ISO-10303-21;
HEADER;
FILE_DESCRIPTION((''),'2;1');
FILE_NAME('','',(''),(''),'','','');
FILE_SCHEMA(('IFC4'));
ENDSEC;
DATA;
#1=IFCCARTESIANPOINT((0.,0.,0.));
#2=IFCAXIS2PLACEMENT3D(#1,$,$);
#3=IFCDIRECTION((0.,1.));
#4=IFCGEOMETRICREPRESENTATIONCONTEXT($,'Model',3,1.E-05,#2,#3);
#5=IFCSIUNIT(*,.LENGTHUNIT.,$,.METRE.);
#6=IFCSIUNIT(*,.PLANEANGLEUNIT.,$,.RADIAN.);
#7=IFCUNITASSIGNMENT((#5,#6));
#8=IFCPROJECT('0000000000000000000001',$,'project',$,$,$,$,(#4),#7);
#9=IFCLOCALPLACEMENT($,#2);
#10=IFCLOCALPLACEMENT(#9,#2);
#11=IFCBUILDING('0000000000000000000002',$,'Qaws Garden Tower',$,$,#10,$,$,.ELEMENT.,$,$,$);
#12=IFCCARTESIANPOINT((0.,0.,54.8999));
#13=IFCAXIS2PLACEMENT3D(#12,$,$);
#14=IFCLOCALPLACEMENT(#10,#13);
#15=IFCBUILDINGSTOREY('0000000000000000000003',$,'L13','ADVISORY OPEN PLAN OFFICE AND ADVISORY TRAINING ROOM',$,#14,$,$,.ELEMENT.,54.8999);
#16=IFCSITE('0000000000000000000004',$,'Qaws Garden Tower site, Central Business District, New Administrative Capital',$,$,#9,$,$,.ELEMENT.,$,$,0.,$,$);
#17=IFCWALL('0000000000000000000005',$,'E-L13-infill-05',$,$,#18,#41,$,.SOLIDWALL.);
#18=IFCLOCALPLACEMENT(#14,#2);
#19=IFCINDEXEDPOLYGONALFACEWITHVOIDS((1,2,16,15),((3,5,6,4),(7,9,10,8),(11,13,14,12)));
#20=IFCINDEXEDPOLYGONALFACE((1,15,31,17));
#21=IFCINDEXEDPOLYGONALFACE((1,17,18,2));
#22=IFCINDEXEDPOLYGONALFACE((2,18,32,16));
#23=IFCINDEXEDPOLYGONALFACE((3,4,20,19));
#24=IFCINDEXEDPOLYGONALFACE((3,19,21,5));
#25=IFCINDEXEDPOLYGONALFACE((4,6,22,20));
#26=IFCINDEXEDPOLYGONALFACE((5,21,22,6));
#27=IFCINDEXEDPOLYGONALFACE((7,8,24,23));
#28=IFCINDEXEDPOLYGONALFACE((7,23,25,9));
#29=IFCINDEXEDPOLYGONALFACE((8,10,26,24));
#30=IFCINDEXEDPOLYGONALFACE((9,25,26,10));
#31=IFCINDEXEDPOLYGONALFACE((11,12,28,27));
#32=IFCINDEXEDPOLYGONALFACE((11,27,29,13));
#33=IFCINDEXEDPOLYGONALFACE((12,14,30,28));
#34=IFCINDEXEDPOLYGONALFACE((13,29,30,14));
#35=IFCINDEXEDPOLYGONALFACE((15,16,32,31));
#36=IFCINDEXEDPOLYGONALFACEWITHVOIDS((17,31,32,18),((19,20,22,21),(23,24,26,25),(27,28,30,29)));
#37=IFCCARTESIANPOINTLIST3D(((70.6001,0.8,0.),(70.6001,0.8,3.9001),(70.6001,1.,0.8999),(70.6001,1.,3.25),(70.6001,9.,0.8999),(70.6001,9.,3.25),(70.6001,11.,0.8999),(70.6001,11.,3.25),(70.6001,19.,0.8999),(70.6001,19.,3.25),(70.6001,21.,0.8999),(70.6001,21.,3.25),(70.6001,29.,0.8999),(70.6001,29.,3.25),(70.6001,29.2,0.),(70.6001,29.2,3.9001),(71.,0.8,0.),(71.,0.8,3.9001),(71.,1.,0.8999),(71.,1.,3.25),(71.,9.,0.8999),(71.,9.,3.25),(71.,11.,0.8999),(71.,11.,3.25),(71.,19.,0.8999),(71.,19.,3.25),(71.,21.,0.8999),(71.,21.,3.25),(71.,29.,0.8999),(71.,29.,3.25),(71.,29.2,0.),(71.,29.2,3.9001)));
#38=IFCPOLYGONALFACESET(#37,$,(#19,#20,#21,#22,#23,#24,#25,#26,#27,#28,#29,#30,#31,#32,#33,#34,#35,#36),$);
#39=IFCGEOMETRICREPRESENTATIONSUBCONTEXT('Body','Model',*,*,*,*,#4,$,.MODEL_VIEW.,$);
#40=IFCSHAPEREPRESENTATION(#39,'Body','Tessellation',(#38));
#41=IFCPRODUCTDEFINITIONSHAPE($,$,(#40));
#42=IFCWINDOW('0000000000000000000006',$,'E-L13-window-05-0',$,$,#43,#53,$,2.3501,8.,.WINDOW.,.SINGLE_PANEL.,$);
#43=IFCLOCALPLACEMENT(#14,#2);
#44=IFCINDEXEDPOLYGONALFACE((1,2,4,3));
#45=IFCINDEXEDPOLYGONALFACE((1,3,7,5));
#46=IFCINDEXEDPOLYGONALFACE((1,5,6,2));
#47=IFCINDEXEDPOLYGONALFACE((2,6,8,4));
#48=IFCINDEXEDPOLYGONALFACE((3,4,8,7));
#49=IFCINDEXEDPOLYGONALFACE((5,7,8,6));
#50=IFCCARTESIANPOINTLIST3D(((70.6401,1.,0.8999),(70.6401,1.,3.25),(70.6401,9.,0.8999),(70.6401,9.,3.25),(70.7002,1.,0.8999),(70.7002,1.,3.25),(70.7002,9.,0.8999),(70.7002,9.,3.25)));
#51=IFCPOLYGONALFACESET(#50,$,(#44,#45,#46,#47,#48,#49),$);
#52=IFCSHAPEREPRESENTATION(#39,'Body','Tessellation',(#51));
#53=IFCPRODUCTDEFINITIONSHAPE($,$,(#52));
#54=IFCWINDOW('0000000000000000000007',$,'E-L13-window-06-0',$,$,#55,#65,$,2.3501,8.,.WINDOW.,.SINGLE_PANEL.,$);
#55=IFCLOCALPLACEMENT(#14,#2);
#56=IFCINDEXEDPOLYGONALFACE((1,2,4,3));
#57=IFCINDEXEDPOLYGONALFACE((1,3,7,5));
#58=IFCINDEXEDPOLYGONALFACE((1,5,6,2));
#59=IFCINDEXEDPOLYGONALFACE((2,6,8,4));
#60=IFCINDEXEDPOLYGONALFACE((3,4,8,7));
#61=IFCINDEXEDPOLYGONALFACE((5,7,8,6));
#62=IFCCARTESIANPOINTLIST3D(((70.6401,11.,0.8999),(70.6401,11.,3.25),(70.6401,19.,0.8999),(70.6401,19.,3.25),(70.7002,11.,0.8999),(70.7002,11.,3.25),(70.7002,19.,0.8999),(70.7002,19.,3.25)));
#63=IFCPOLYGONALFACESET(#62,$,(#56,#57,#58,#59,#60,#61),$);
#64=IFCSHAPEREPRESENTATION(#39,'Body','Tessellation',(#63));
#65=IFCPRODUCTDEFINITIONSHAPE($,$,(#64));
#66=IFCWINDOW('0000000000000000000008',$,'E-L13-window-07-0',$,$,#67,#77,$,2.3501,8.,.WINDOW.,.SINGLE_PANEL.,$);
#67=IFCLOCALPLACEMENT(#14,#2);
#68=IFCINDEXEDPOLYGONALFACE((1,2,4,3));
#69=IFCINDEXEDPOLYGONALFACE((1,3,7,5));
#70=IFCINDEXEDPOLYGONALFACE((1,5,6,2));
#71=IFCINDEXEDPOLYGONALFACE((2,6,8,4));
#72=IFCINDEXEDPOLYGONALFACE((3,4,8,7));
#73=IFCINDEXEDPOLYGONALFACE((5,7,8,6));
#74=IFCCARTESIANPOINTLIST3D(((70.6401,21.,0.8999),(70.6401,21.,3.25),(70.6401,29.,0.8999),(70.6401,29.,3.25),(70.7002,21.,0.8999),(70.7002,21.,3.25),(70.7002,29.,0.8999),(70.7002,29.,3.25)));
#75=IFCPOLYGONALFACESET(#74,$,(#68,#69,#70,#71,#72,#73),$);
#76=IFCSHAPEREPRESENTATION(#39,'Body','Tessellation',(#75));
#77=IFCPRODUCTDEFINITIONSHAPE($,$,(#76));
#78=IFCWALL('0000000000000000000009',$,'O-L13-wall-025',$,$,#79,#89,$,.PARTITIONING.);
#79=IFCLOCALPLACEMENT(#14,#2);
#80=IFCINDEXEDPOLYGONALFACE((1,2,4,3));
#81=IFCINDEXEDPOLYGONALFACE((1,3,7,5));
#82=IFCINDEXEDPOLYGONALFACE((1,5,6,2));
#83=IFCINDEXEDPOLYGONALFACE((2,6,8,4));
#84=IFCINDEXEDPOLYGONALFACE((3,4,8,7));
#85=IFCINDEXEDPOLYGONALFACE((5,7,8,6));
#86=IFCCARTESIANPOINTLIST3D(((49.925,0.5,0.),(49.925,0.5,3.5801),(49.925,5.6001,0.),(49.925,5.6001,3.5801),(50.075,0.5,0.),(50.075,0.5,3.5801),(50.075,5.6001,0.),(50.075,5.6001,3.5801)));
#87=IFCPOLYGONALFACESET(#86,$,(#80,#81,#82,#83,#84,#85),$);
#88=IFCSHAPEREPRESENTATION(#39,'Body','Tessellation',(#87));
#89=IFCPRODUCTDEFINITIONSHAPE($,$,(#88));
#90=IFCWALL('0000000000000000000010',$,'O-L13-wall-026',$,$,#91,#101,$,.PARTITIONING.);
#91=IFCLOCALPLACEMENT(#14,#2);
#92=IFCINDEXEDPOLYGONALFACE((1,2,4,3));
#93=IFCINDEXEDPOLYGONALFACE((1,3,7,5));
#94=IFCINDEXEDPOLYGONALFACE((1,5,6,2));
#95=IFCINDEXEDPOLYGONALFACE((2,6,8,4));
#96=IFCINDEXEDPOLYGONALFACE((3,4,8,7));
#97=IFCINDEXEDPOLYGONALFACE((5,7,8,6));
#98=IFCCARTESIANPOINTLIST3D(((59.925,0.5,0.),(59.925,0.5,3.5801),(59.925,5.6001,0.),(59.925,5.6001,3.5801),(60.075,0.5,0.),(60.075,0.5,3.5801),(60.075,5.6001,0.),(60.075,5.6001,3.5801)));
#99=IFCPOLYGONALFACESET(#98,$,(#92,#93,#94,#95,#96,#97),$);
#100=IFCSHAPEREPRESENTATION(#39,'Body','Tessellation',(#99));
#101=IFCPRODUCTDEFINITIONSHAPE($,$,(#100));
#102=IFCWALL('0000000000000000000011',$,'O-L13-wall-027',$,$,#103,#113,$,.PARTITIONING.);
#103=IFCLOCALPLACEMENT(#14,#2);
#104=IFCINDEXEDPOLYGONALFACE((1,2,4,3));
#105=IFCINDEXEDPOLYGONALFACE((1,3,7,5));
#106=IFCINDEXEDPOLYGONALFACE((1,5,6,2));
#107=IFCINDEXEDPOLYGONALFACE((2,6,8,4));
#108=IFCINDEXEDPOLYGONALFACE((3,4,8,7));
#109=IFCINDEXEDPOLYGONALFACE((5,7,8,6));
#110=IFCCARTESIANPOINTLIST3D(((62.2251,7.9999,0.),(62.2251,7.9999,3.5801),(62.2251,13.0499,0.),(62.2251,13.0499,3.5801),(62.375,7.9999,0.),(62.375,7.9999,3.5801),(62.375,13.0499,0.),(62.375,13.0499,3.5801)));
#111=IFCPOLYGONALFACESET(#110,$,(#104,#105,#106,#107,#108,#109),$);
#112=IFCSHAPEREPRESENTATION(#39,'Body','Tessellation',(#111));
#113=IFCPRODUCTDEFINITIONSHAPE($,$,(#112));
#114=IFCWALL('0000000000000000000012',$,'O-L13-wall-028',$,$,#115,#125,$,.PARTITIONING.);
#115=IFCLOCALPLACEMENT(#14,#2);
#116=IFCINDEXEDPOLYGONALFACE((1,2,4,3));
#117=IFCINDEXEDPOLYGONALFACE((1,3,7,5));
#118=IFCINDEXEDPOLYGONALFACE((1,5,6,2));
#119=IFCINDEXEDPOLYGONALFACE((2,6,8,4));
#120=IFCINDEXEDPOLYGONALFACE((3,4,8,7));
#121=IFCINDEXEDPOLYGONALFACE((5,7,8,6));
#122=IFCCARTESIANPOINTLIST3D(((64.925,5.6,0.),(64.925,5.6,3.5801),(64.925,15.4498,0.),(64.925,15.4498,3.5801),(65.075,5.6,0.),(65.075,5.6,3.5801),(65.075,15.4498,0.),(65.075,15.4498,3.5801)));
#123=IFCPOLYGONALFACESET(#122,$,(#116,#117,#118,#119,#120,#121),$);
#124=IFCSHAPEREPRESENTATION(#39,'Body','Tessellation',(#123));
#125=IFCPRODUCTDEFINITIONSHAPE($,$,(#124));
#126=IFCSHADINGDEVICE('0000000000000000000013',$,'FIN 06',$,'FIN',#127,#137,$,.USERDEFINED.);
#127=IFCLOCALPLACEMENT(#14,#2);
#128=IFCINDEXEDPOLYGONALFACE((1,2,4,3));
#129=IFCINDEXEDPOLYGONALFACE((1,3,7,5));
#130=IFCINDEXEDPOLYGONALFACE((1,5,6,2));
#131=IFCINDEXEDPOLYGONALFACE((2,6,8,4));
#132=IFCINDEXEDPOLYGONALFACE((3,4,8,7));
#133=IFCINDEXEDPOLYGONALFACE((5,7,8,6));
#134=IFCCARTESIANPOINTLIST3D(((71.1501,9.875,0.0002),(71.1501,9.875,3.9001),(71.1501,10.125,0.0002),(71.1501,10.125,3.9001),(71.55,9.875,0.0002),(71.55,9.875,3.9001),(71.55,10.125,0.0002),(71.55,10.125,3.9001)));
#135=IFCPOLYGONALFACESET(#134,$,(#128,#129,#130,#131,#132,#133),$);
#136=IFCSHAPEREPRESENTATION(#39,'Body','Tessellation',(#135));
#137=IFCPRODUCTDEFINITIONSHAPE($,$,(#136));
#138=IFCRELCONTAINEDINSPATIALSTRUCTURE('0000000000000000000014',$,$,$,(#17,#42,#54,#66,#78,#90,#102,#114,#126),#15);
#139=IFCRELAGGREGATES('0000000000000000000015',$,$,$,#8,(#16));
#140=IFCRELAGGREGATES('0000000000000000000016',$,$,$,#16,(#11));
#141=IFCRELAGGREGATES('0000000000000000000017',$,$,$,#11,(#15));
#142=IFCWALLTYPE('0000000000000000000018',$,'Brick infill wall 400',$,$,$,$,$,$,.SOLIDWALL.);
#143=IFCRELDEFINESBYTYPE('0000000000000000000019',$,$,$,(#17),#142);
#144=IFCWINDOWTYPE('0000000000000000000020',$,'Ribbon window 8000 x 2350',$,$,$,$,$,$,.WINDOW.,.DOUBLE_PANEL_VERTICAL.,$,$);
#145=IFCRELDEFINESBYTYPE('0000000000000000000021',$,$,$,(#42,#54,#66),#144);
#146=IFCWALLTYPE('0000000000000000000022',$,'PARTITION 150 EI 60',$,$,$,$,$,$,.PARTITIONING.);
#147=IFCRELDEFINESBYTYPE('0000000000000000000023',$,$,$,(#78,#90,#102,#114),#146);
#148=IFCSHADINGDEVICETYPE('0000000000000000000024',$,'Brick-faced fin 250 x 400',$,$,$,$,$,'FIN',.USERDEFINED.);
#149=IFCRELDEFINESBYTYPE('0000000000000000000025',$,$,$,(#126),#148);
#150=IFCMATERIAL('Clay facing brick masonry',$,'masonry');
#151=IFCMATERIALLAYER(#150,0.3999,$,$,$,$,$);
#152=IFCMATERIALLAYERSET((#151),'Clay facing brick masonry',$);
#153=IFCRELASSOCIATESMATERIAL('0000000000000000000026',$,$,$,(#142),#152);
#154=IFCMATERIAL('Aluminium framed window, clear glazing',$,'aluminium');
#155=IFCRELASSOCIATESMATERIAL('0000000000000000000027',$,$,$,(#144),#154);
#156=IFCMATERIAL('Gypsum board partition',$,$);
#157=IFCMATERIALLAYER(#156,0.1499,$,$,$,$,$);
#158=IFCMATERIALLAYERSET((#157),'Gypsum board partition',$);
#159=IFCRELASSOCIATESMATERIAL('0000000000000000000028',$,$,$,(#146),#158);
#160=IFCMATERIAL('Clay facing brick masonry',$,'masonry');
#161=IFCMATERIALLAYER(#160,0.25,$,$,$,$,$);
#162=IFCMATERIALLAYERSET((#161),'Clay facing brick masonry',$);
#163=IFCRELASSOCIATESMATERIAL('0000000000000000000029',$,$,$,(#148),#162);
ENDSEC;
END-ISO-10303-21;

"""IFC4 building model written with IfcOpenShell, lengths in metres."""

from ifc_helpers import new_model, si_unit, direction, frame, frame_2d, origin, origin_2d, place, context, subcontext, project, spatial, rectangle, extrude, material, layer, layer_set, type_object, element, fill, save


model = new_model("IFC4")

# Units and contexts
model_context = context("Model", 3, precision=1e-05, world=origin(), true_north=direction((0.0, 1.0)))
body_context = subcontext(model_context, "Body", "Model", "MODEL_VIEW")
ifc_project = project(units=[si_unit("LENGTHUNIT", "METRE"), si_unit("PLANEANGLEUNIT", "RADIAN")], contexts=[model_context])

# Site, building, storey
site_placement = place(None, origin())
site = spatial("IfcSite", under=ifc_project, at=site_placement, Name="Qaws Garden Tower site, Central Business District, New Administrative Capital", CompositionType="ELEMENT", RefElevation=0.0)
building_placement = place(site_placement, origin())
building = spatial("IfcBuilding", under=site, at=building_placement, Name="Qaws Garden Tower", CompositionType="ELEMENT")
storey_placement = place(building_placement, frame((0.0, 0.0, 54.8999)))
storey = spatial("IfcBuildingStorey", under=building, at=storey_placement, Name="L13", Description="ADVISORY OPEN PLAN OFFICE AND ADVISORY TRAINING ROOM", CompositionType="ELEMENT", Elevation=54.8999)

# Wall, openings, windows
ifc_material_1 = material(Name="Clay facing brick masonry", Category="masonry")
ifc_layer_1 = layer(ifc_material_1, 0.3999)
ifc_layer_set_1 = layer_set([ifc_layer_1], Name="Clay facing brick masonry")
wall_type_1 = type_object("IfcWallType", Name="Brick infill wall 400", PredefinedType="SOLIDWALL", material=ifc_layer_set_1)
wall_1_placement = place(storey_placement, frame((70.8, 0.8, 0.0), z_axis=(0.0, 0.0, 1.0), x_axis=(0.0, 1.0, 0.0)))
wall_1 = element("IfcWall", 1, at=wall_1_placement, inside=storey, type_object=wall_type_1, Name="E-L13-infill-05", PredefinedType="SOLIDWALL", context=body_context, shape_type="SweptSolid", body=[
    extrude(rectangle(XDim=28.3999, YDim=0.3999, at=frame_2d((14.2, 0.0))), origin(), (0.0, 0.0, 1.0), 3.9001),
])
opening_1_placement = place(wall_1_placement, frame((0.2, 0.0, 0.8999)))
opening_1 = element("IfcOpeningElement", 2, at=opening_1_placement, cuts=wall_1, PredefinedType="OPENING", context=body_context, shape_type="SweptSolid", body=[
    extrude(rectangle(XDim=8.0, YDim=2.3501, at=frame_2d((4.0, 1.175))), frame((0.0, 0.21, 0.0), z_axis=(0.0, -1.0, 0.0), x_axis=(1.0, 0.0, 0.0)), (0.0, 0.0, 1.0), 0.4199),
])
opening_2_placement = place(wall_1_placement, frame((10.2, 0.0, 0.8999)))
opening_2 = element("IfcOpeningElement", 3, at=opening_2_placement, cuts=wall_1, PredefinedType="OPENING", context=body_context, shape_type="SweptSolid", body=[
    extrude(rectangle(XDim=8.0, YDim=2.3501, at=frame_2d((4.0, 1.175))), frame((0.0, 0.21, 0.0), z_axis=(0.0, -1.0, 0.0), x_axis=(1.0, 0.0, 0.0)), (0.0, 0.0, 1.0), 0.4199),
])
opening_3_placement = place(wall_1_placement, frame((20.2, 0.0, 0.8999)))
opening_3 = element("IfcOpeningElement", 4, at=opening_3_placement, cuts=wall_1, PredefinedType="OPENING", context=body_context, shape_type="SweptSolid", body=[
    extrude(rectangle(XDim=8.0, YDim=2.3501, at=frame_2d((4.0, 1.175))), frame((0.0, 0.21, 0.0), z_axis=(0.0, -1.0, 0.0), x_axis=(1.0, 0.0, 0.0)), (0.0, 0.0, 1.0), 0.4199),
])
ifc_material_2 = material(Name="Aluminium framed window, clear glazing", Category="aluminium")
window_type = type_object("IfcWindowType", Name="Ribbon window 8000 x 2350", PartitioningType="DOUBLE_PANEL_VERTICAL", PredefinedType="WINDOW", material=ifc_material_2)
window_1_placement = place(opening_1_placement, origin())
window_1 = element("IfcWindow", 5, at=window_1_placement, inside=storey, type_object=window_type, Name="E-L13-window-05-0", OverallHeight=2.3501, OverallWidth=8.0, PartitioningType="SINGLE_PANEL", PredefinedType="WINDOW", context=body_context, shape_type="SweptSolid", body=[
    extrude(rectangle(XDim=8.0, YDim=2.3501, at=frame_2d((4.0, 1.175))), frame((0.0, 0.1599, 0.0), z_axis=(0.0, -1.0, 0.0), x_axis=(1.0, 0.0, 0.0)), (0.0, 0.0, 1.0), 0.0601),
])
fill(opening_1, window_1)
window_2_placement = place(opening_2_placement, origin())
window_2 = element("IfcWindow", 6, at=window_2_placement, inside=storey, type_object=window_type, Name="E-L13-window-06-0", OverallHeight=2.3501, OverallWidth=8.0, PartitioningType="SINGLE_PANEL", PredefinedType="WINDOW", context=body_context, shape_type="SweptSolid", body=[
    extrude(rectangle(XDim=8.0, YDim=2.3501, at=frame_2d((4.0, 1.175))), frame((0.0, 0.1599, 0.0), z_axis=(0.0, -1.0, 0.0), x_axis=(1.0, 0.0, 0.0)), (0.0, 0.0, 1.0), 0.0601),
])
fill(opening_2, window_2)
window_3_placement = place(opening_3_placement, origin())
window_3 = element("IfcWindow", 7, at=window_3_placement, inside=storey, type_object=window_type, Name="E-L13-window-07-0", OverallHeight=2.3501, OverallWidth=8.0, PartitioningType="SINGLE_PANEL", PredefinedType="WINDOW", context=body_context, shape_type="SweptSolid", body=[
    extrude(rectangle(XDim=8.0, YDim=2.3501, at=frame_2d((4.0, 1.175))), frame((0.0, 0.1599, 0.0), z_axis=(0.0, -1.0, 0.0), x_axis=(1.0, 0.0, 0.0)), (0.0, 0.0, 1.0), 0.0601),
])
fill(opening_3, window_3)

# Walls
ifc_material_3 = material(Name="Gypsum board partition")
ifc_layer_2 = layer(ifc_material_3, 0.1499)
ifc_layer_set_2 = layer_set([ifc_layer_2], Name="Gypsum board partition")
wall_type_2 = type_object("IfcWallType", Name="PARTITION 150 EI 60", PredefinedType="PARTITIONING", material=ifc_layer_set_2)
for number, where, z_axis, x_axis, name in (
    (8, (50.0, 0.5, 0.0), (0.0, 0.0, 1.0), (0.0, 1.0, 0.0), "O-L13-wall-025"),
    (9, (60.0, 0.5, 0.0), (0.0, 0.0, 1.0), (0.0, 1.0, 0.0), "O-L13-wall-026"),
):
    element("IfcWall", number, at=place(storey_placement, frame(where, z_axis=z_axis, x_axis=x_axis)), inside=storey, type_object=wall_type_2, Name=name, PredefinedType="PARTITIONING", context=body_context, shape_type="SweptSolid", body=[
        extrude(rectangle(XDim=5.1001, YDim=0.1499, at=frame_2d((2.55, 0.0))), origin(), (0.0, 0.0, 1.0), 3.5801),
    ])
wall_2_placement = place(storey_placement, frame((62.3, 8.0, 0.0), z_axis=(0.0, 0.0, 1.0), x_axis=(0.0, 1.0, 0.0)))
element("IfcWall", 10, at=wall_2_placement, inside=storey, type_object=wall_type_2, Name="O-L13-wall-027", PredefinedType="PARTITIONING", context=body_context, shape_type="SweptSolid", body=[
    extrude(rectangle(XDim=5.05, YDim=0.1499, at=frame_2d((2.5249, 0.0))), origin(), (0.0, 0.0, 1.0), 3.5801),
])
wall_3_placement = place(storey_placement, frame((65.0, 5.6001, 0.0), z_axis=(0.0, 0.0, 1.0), x_axis=(0.0, 1.0, 0.0)))
element("IfcWall", 11, at=wall_3_placement, inside=storey, type_object=wall_type_2, Name="O-L13-wall-028", PredefinedType="PARTITIONING", context=body_context, shape_type="SweptSolid", body=[
    extrude(rectangle(XDim=9.8499, YDim=0.1499, at=frame_2d((4.9248, 0.0))), origin(), (0.0, 0.0, 1.0), 3.5801),
])

# Shading device
ifc_material_4 = material(Name="Clay facing brick masonry", Category="masonry")
ifc_layer_3 = layer(ifc_material_4, 0.25)
ifc_layer_set_3 = layer_set([ifc_layer_3], Name="Clay facing brick masonry")
shading_device_type = type_object("IfcShadingDeviceType", Name="Brick-faced fin 250 x 400", ElementType="FIN", PredefinedType="USERDEFINED", material=ifc_layer_set_3)
shading_device_placement = place(storey_placement, frame((71.3501, 10.0, 0.0002), z_axis=(0.0, 0.0, 1.0), x_axis=(0.0, 1.0, 0.0)))
element("IfcShadingDevice", 12, at=shading_device_placement, inside=storey, type_object=shading_device_type, Name="FIN 06", ObjectType="FIN", PredefinedType="USERDEFINED", context=body_context, shape_type="SweptSolid", body=[
    extrude(rectangle(XDim=0.25, YDim=0.3999, at=origin_2d()), origin(), (0.0, 0.0, 1.0), 3.8999),
])

save(model, "model.ifc")
